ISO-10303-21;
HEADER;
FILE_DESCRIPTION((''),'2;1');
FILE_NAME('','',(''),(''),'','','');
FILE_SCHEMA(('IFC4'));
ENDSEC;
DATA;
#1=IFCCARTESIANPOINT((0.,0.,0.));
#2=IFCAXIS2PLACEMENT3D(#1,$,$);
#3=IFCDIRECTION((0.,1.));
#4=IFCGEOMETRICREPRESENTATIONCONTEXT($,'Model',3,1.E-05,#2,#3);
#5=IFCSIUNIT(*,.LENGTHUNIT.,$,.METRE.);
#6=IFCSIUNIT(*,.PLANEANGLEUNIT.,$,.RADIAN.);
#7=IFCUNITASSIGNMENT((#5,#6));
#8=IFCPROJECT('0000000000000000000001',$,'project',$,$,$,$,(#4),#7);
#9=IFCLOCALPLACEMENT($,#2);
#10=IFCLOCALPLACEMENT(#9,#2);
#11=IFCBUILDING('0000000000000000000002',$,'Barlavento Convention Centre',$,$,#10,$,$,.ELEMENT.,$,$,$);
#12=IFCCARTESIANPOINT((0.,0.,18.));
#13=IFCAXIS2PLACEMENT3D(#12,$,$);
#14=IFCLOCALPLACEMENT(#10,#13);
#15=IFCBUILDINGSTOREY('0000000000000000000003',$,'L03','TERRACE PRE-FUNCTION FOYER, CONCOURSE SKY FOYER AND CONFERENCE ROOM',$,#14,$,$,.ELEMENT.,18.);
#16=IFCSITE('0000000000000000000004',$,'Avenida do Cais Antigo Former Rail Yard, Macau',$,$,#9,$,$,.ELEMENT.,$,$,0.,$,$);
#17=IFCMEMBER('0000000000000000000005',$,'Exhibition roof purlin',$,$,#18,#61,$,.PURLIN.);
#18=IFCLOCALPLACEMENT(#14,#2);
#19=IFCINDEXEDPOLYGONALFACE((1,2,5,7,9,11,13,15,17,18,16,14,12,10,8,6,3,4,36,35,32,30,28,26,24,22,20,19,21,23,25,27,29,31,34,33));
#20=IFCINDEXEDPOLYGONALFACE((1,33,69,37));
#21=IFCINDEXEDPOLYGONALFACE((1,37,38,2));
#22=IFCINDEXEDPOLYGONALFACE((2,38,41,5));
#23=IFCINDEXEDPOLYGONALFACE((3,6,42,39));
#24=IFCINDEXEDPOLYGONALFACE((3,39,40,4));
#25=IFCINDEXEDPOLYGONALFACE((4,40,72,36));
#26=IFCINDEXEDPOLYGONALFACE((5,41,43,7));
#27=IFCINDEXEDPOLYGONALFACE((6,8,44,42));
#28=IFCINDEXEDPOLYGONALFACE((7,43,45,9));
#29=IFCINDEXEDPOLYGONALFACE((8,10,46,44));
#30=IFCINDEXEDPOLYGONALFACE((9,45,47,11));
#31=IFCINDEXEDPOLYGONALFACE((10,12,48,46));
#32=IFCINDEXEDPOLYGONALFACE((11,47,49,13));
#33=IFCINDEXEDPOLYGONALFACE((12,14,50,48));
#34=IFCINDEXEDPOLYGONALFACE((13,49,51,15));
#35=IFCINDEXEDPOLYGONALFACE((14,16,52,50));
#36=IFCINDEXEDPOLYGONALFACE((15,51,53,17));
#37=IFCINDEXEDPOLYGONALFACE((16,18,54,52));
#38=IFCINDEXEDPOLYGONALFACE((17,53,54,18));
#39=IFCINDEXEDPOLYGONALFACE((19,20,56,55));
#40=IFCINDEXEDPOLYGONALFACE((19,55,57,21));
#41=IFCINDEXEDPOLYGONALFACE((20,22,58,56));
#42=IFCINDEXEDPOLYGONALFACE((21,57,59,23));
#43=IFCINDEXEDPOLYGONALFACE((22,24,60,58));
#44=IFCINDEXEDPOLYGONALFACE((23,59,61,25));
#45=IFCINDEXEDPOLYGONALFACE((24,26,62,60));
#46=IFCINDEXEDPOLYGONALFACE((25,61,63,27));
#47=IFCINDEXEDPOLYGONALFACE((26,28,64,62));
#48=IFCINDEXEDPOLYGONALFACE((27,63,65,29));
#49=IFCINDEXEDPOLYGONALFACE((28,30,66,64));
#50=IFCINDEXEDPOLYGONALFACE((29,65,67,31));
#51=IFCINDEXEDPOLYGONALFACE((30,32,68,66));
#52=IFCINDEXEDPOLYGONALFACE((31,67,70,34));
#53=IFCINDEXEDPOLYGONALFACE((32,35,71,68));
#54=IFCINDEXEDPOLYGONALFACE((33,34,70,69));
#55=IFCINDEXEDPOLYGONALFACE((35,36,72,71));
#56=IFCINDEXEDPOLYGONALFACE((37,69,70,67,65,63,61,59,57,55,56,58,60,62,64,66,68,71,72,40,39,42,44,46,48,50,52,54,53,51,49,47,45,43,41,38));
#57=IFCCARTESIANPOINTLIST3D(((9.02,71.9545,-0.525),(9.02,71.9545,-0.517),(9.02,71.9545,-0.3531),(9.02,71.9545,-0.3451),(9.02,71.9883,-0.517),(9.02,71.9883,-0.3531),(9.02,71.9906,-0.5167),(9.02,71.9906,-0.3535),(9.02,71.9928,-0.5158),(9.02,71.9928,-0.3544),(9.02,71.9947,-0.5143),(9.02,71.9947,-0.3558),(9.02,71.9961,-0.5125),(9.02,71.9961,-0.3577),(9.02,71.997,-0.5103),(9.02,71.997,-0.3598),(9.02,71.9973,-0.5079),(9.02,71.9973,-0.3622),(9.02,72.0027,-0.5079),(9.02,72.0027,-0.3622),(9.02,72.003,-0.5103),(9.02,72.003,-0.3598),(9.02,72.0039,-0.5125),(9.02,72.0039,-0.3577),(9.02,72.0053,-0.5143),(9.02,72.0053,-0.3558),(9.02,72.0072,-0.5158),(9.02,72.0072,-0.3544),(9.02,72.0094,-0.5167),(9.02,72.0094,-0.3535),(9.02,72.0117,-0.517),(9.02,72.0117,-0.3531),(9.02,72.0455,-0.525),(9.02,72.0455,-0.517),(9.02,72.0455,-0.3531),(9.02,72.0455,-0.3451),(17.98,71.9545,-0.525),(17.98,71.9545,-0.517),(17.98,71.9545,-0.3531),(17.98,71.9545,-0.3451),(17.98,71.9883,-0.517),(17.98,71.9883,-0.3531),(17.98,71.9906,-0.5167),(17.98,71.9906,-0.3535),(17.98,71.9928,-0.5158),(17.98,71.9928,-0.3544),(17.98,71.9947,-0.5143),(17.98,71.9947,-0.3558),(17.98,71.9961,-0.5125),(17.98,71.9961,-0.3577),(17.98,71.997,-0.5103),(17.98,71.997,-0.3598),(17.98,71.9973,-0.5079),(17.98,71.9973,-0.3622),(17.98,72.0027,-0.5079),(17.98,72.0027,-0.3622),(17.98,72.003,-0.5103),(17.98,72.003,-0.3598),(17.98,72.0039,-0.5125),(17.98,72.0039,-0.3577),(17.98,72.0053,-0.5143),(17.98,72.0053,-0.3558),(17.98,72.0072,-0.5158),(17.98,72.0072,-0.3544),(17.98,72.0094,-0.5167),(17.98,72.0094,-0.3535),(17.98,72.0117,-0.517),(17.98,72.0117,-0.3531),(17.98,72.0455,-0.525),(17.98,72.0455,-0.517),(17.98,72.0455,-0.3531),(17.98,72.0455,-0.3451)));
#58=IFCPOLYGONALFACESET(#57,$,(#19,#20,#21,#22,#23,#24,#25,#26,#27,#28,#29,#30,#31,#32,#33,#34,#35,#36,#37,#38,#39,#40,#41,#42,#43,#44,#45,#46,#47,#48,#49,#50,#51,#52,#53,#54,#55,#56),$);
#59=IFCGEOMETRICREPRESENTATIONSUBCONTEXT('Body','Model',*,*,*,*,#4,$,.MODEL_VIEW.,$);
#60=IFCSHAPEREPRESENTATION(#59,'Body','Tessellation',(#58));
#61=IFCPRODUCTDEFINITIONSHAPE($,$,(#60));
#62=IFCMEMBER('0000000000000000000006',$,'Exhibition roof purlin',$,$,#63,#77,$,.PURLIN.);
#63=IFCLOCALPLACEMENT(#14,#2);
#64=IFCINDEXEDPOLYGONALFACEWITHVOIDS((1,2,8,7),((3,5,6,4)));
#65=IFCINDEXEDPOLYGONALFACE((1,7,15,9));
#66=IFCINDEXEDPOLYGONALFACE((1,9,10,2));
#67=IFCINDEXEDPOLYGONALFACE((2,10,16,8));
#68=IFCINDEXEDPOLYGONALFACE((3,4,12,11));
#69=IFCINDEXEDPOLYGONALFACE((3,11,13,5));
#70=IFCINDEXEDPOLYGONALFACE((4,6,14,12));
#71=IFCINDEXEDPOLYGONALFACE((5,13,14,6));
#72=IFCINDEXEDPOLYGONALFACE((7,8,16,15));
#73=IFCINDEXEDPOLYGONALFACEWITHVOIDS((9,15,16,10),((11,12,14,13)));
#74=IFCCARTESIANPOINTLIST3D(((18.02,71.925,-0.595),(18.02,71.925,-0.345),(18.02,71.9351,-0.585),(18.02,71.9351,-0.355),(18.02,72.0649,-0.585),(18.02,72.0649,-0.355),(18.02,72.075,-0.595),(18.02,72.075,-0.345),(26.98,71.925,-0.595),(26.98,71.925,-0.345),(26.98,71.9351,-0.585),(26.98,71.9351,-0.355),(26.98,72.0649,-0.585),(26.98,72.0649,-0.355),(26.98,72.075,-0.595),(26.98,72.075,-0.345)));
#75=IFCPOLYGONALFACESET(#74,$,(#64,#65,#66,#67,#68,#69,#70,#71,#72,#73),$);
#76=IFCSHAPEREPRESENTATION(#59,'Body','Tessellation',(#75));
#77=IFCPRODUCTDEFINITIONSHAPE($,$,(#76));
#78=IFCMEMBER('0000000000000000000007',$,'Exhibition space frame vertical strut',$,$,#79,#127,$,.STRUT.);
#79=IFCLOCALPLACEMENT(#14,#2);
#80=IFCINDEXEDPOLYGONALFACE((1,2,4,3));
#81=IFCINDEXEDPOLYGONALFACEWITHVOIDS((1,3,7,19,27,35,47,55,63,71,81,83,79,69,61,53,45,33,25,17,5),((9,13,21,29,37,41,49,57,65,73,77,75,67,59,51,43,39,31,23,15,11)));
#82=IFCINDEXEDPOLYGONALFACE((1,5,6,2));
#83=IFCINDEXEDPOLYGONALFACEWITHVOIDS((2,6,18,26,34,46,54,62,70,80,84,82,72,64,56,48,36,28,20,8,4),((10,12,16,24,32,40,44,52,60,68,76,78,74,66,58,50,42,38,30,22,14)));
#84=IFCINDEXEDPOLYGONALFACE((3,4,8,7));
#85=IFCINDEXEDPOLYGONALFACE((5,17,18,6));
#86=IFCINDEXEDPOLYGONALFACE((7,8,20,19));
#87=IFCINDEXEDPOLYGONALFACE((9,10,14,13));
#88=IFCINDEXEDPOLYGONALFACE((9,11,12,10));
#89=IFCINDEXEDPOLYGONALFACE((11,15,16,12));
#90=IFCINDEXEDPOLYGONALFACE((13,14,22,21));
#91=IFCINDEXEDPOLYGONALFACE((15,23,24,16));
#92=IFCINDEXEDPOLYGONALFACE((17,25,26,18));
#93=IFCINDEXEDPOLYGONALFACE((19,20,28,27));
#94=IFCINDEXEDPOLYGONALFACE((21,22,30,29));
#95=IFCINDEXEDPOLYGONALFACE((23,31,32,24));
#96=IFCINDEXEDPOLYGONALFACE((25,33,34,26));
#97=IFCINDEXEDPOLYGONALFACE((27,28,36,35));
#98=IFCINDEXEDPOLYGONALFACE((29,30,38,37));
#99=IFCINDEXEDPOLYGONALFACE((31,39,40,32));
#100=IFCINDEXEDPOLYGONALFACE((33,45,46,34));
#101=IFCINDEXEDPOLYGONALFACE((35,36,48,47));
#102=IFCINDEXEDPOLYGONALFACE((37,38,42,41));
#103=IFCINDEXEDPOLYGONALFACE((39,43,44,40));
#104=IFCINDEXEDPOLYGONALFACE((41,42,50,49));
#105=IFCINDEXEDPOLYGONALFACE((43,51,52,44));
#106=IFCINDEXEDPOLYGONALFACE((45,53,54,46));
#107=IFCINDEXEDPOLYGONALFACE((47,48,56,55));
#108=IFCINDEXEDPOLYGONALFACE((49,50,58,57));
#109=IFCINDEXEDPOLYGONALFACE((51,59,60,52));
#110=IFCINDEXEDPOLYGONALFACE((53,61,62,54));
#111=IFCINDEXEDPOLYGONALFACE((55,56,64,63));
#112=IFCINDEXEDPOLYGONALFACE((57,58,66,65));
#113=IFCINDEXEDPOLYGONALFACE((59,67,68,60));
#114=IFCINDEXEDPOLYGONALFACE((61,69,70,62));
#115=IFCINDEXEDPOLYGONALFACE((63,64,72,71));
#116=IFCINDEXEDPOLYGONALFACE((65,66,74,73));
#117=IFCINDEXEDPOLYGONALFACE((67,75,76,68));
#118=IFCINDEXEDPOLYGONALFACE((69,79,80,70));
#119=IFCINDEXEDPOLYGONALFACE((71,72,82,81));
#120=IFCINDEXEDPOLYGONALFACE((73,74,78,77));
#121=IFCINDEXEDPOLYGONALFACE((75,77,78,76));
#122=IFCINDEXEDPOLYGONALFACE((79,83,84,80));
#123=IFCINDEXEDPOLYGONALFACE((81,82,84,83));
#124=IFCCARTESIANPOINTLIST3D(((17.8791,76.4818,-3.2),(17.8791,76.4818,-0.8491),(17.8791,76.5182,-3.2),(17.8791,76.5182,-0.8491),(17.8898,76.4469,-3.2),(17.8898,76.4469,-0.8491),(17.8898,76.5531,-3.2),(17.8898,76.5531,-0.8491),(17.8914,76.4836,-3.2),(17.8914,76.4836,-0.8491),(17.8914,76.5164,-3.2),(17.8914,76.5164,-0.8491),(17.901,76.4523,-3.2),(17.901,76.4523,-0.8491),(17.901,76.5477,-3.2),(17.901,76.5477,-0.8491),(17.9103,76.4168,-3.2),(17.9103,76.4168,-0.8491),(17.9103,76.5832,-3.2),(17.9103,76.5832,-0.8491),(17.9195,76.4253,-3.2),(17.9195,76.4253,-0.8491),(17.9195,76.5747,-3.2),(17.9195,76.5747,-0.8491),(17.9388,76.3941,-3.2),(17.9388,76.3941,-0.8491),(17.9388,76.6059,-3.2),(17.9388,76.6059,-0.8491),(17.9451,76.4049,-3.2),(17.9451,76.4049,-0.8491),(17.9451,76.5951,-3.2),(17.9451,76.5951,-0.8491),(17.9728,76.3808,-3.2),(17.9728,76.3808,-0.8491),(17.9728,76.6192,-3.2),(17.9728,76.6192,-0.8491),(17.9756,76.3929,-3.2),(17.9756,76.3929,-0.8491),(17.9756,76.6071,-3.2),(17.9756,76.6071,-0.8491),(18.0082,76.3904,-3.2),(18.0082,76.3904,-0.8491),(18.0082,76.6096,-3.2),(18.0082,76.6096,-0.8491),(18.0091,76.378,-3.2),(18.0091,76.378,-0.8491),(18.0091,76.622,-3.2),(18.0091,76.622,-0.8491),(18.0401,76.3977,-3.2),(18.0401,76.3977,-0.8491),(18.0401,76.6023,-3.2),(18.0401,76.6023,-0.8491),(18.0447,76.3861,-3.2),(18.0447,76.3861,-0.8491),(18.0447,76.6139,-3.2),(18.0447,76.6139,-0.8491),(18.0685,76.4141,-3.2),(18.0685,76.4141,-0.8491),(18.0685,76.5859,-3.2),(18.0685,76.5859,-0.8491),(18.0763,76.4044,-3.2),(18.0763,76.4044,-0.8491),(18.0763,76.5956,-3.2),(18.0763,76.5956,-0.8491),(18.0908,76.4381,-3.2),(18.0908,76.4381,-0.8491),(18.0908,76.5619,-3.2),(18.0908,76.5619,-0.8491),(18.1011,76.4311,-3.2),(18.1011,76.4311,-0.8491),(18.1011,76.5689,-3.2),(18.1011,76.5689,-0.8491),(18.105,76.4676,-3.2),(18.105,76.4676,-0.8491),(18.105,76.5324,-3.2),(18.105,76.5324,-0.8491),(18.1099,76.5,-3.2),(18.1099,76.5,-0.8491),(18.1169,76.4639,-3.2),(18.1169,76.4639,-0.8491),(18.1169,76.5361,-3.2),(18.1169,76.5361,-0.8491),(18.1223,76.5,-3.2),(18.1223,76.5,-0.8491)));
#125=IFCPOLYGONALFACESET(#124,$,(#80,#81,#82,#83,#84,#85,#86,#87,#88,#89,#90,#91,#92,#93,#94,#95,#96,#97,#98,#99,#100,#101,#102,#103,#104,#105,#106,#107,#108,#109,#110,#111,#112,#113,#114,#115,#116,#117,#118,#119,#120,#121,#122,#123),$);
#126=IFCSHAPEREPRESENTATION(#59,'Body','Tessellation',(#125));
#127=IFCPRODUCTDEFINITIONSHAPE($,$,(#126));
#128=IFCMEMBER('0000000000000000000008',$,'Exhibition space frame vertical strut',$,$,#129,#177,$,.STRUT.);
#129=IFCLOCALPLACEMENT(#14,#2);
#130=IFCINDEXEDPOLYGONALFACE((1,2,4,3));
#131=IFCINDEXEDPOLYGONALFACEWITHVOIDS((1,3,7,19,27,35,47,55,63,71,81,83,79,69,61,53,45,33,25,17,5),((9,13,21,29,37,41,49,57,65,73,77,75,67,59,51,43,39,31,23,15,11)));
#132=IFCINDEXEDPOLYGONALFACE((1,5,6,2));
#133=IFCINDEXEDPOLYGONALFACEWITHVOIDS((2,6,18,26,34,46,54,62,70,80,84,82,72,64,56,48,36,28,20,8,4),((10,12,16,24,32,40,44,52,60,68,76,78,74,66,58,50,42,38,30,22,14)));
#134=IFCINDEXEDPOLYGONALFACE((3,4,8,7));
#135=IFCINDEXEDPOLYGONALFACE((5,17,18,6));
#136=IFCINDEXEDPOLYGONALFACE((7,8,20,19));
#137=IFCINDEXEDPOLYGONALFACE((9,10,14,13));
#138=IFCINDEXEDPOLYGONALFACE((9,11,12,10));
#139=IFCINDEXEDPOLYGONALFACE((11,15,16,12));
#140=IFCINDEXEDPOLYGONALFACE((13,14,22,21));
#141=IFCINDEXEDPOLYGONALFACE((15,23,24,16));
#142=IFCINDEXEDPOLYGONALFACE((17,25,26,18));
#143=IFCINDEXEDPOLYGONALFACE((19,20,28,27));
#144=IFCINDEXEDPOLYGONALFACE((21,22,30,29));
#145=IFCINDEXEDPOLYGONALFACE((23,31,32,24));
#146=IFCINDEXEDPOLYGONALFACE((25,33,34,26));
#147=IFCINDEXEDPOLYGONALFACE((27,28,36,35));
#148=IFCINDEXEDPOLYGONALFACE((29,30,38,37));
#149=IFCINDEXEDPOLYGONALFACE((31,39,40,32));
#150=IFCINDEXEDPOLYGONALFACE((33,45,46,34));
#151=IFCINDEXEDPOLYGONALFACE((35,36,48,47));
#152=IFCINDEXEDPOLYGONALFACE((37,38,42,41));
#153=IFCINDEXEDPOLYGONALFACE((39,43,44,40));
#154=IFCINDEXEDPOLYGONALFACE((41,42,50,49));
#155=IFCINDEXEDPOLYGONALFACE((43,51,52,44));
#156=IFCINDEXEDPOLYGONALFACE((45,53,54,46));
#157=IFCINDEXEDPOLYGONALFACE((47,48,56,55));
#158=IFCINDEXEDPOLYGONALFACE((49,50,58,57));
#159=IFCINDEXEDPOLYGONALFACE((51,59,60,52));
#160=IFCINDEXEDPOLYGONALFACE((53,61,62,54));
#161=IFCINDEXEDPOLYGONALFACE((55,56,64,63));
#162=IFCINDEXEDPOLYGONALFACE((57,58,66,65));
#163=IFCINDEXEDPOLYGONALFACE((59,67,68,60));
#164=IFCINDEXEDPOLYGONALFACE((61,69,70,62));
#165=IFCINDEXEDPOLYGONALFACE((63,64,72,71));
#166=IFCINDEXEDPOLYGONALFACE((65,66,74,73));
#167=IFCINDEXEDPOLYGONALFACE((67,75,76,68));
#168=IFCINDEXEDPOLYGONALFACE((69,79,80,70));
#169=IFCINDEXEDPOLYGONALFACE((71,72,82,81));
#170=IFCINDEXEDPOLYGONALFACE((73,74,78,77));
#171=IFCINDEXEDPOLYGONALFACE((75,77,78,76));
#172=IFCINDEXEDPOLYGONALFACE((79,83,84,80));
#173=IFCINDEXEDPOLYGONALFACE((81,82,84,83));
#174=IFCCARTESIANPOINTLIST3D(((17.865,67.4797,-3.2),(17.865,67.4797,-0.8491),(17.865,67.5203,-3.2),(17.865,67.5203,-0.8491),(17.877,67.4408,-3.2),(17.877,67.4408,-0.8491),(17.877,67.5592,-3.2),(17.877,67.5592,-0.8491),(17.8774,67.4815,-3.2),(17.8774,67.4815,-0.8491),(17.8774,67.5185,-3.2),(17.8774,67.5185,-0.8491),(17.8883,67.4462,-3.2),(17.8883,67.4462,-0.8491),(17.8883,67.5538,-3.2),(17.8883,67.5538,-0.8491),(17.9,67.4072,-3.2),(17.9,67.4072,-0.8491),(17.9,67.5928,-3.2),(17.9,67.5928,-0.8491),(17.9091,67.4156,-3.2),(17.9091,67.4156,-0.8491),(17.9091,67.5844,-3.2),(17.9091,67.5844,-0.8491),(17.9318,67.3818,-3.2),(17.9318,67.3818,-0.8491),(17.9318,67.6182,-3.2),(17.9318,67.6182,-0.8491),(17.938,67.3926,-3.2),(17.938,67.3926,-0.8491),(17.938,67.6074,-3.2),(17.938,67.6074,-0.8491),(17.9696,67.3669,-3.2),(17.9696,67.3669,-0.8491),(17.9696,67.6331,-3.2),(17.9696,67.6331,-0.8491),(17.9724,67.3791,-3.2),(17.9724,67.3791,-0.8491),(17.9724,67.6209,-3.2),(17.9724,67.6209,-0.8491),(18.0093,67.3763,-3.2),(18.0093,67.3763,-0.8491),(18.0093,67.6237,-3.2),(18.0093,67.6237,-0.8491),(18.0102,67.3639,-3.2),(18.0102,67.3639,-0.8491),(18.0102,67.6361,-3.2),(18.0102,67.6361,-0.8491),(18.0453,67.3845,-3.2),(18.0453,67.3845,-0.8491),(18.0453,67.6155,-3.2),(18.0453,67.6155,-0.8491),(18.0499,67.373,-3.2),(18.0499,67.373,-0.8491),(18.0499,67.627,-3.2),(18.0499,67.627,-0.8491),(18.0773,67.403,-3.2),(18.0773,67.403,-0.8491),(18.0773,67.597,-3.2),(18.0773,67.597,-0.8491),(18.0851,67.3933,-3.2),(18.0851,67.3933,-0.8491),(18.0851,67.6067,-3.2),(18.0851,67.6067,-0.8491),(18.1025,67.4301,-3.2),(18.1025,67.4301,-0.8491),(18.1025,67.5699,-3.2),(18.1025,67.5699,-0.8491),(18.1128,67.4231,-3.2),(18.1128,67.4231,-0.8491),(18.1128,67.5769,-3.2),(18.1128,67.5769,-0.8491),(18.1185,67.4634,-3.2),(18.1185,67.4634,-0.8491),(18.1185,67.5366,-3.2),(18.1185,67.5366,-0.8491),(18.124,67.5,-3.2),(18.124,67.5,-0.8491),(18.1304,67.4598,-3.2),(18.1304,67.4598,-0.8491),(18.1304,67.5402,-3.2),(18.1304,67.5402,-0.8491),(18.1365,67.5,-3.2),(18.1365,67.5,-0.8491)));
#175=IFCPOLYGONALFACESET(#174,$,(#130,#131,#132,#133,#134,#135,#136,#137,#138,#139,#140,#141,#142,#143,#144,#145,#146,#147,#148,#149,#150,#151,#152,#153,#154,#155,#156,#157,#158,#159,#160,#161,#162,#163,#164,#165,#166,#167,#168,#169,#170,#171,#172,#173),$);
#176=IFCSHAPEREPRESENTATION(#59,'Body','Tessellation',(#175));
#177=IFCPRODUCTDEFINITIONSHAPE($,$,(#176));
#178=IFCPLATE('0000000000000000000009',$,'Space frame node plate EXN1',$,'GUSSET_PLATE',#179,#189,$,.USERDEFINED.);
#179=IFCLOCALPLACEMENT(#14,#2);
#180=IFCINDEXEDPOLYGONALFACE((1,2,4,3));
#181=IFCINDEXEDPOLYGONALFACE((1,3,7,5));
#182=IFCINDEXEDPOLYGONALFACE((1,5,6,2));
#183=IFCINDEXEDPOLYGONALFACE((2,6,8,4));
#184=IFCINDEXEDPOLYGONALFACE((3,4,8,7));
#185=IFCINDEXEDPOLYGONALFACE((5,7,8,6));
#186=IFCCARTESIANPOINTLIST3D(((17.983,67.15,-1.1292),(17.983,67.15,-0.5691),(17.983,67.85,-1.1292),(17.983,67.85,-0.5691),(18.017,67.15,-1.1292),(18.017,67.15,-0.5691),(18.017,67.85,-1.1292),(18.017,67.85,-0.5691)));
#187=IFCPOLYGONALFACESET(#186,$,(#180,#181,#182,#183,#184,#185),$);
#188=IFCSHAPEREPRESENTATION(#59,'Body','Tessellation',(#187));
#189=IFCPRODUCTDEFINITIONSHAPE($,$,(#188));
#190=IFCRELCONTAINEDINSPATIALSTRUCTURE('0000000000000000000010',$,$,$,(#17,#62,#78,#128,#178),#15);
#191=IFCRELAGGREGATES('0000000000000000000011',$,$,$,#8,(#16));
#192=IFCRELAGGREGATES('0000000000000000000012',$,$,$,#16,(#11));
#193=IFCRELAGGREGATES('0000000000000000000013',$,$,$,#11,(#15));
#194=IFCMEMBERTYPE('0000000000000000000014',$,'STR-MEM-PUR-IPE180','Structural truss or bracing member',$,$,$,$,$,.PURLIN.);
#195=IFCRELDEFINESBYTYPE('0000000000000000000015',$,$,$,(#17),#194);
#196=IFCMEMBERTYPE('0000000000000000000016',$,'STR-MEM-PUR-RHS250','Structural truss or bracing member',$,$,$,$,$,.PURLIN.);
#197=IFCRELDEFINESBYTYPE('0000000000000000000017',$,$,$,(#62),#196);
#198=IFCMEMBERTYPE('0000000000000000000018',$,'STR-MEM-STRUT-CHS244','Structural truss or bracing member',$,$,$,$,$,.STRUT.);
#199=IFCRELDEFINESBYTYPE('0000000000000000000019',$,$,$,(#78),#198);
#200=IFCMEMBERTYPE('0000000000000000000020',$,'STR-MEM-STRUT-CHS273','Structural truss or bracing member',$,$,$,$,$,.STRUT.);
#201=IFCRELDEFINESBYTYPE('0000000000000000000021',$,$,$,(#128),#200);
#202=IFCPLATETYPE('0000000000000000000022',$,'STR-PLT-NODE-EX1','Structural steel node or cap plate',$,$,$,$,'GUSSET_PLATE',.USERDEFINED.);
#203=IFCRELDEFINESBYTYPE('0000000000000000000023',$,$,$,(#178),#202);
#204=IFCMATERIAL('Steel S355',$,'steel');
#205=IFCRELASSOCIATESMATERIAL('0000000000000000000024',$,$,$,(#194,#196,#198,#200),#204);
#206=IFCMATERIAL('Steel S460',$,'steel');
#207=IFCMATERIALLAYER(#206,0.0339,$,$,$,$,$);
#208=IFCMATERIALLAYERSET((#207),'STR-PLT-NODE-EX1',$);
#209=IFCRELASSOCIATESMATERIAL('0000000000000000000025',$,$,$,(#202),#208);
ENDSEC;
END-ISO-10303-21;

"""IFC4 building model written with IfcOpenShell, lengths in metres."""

from ifc_helpers import new_model, si_unit, direction, frame, origin, origin_2d, place, context, subcontext, project, spatial, rectangle, hollow_rectangle, hollow_circle, i_section, extrude, material, layer, layer_set, material_profile, profile_set, type_object, element, save


model = new_model("IFC4")

# Units and contexts
model_context = context("Model", 3, precision=1e-05, world=origin(), true_north=direction((0.0, 1.0)))
body_context = subcontext(model_context, "Body", "Model", "MODEL_VIEW")
ifc_project = project(units=[si_unit("LENGTHUNIT", "METRE"), si_unit("PLANEANGLEUNIT", "RADIAN")], contexts=[model_context])

# Site, building, storey
site_placement = place(None, origin())
site = spatial("IfcSite", under=ifc_project, at=site_placement, Name="Avenida do Cais Antigo Former Rail Yard, Macau", CompositionType="ELEMENT", RefElevation=0.0)
building_placement = place(site_placement, origin())
building = spatial("IfcBuilding", under=site, at=building_placement, Name="Barlavento Convention Centre", CompositionType="ELEMENT")
storey_placement = place(building_placement, frame((0.0, 0.0, 18.0)))
storey = spatial("IfcBuildingStorey", under=building, at=storey_placement, Name="L03", Description="TERRACE PRE-FUNCTION FOYER, CONCOURSE SKY FOYER AND CONFERENCE ROOM", CompositionType="ELEMENT", Elevation=18.0)

# Shared definitions
ifc_material_1 = material(Name="Steel S460", Category="steel")
ifc_material_2 = material(Name="Steel S355", Category="steel")

# Members
ifc_material_profile_1 = material_profile(ifc_material_2, i_section(OverallWidth=0.0911, OverallDepth=0.1799, WebThickness=0.0054, FlangeThickness=0.0081, FilletRadius=0.009, at=origin_2d()), Name="IPE 180")
ifc_profile_set_1 = profile_set([ifc_material_profile_1], Name="Steel S355")
member_type_1 = type_object("IfcMemberType", Name="STR-MEM-PUR-IPE180", Description="Structural truss or bracing member", PredefinedType="PURLIN", material=ifc_profile_set_1)
member_1_placement = place(storey_placement, frame((9.02, 72.0, -0.4351), z_axis=(1.0, 0.0, 0.0), x_axis=(0.0, 1.0, 0.0)))
element("IfcMember", 1, at=member_1_placement, inside=storey, type_object=member_type_1, Name="Exhibition roof purlin", PredefinedType="PURLIN", context=body_context, shape_type="SweptSolid", body=[
    extrude(i_section(OverallWidth=0.0911, OverallDepth=0.1799, WebThickness=0.0054, FlangeThickness=0.0081, FilletRadius=0.009, at=origin_2d()), origin(), (0.0, 0.0, 1.0), 8.96),
])
ifc_material_profile_2 = material_profile(ifc_material_2, hollow_rectangle(XDim=0.1499, YDim=0.25, WallThickness=0.01, at=origin_2d()), Name="RHS 250x150x10.0")
ifc_profile_set_2 = profile_set([ifc_material_profile_2], Name="Steel S355")
member_type_2 = type_object("IfcMemberType", Name="STR-MEM-PUR-RHS250", Description="Structural truss or bracing member", PredefinedType="PURLIN", material=ifc_profile_set_2)
member_2_placement = place(storey_placement, frame((18.02, 72.0, -0.47), z_axis=(1.0, 0.0, 0.0), x_axis=(0.0, 1.0, 0.0)))
element("IfcMember", 2, at=member_2_placement, inside=storey, type_object=member_type_2, Name="Exhibition roof purlin", PredefinedType="PURLIN", context=body_context, shape_type="SweptSolid", body=[
    extrude(hollow_rectangle(XDim=0.1499, YDim=0.25, WallThickness=0.01, at=origin_2d()), origin(), (0.0, 0.0, 1.0), 8.96),
])
ifc_material_profile_3 = material_profile(ifc_material_2, hollow_circle(Radius=0.1223, WallThickness=0.0125, at=origin_2d()), Name="CHS 244.5x12.5")
ifc_profile_set_3 = profile_set([ifc_material_profile_3], Name="Steel S355")
member_type_3 = type_object("IfcMemberType", Name="STR-MEM-STRUT-CHS244", Description="Structural truss or bracing member", PredefinedType="STRUT", material=ifc_profile_set_3)
member_3_placement = place(storey_placement, frame((18.0, 76.5, -3.2), z_axis=(0.0, 0.0, 1.0), x_axis=(1.0, 0.0, 0.0)))
element("IfcMember", 3, at=member_3_placement, inside=storey, type_object=member_type_3, Name="Exhibition space frame vertical strut", PredefinedType="STRUT", context=body_context, shape_type="SweptSolid", body=[
    extrude(hollow_circle(Radius=0.1223, WallThickness=0.0125, at=origin_2d()), origin(), (0.0, 0.0, 1.0), 2.3508),
])
ifc_material_profile_4 = material_profile(ifc_material_2, hollow_circle(Radius=0.1365, WallThickness=0.0125, at=origin_2d()), Name="CHS 273.0x12.5")
ifc_profile_set_4 = profile_set([ifc_material_profile_4], Name="Steel S355")
member_type_4 = type_object("IfcMemberType", Name="STR-MEM-STRUT-CHS273", Description="Structural truss or bracing member", PredefinedType="STRUT", material=ifc_profile_set_4)
member_4_placement = place(storey_placement, frame((18.0, 67.5, -3.2), z_axis=(0.0, 0.0, 1.0), x_axis=(1.0, 0.0, 0.0)))
element("IfcMember", 4, at=member_4_placement, inside=storey, type_object=member_type_4, Name="Exhibition space frame vertical strut", PredefinedType="STRUT", context=body_context, shape_type="SweptSolid", body=[
    extrude(hollow_circle(Radius=0.1365, WallThickness=0.0125, at=origin_2d()), origin(), (0.0, 0.0, 1.0), 2.3508),
])

# Plate
ifc_layer_1 = layer(ifc_material_1, 0.0339)
ifc_layer_set_1 = layer_set([ifc_layer_1], Name="STR-PLT-NODE-EX1")
plate_type = type_object("IfcPlateType", Name="STR-PLT-NODE-EX1", Description="Structural steel node or cap plate", ElementType="GUSSET_PLATE", PredefinedType="USERDEFINED", material=ifc_layer_set_1)
plate_placement = place(storey_placement, frame((18.0, 67.5, -1.1292), z_axis=(0.0, 0.0, 1.0), x_axis=(1.0, 0.0, 0.0)))
element("IfcPlate", 5, at=plate_placement, inside=storey, type_object=plate_type, Name="Space frame node plate EXN1", ObjectType="GUSSET_PLATE", PredefinedType="USERDEFINED", context=body_context, shape_type="SweptSolid", body=[
    extrude(rectangle(XDim=0.0339, YDim=0.7, at=origin_2d()), origin(), (0.0, 0.0, 1.0), 0.5601),
])

save(model, "model.ifc")
